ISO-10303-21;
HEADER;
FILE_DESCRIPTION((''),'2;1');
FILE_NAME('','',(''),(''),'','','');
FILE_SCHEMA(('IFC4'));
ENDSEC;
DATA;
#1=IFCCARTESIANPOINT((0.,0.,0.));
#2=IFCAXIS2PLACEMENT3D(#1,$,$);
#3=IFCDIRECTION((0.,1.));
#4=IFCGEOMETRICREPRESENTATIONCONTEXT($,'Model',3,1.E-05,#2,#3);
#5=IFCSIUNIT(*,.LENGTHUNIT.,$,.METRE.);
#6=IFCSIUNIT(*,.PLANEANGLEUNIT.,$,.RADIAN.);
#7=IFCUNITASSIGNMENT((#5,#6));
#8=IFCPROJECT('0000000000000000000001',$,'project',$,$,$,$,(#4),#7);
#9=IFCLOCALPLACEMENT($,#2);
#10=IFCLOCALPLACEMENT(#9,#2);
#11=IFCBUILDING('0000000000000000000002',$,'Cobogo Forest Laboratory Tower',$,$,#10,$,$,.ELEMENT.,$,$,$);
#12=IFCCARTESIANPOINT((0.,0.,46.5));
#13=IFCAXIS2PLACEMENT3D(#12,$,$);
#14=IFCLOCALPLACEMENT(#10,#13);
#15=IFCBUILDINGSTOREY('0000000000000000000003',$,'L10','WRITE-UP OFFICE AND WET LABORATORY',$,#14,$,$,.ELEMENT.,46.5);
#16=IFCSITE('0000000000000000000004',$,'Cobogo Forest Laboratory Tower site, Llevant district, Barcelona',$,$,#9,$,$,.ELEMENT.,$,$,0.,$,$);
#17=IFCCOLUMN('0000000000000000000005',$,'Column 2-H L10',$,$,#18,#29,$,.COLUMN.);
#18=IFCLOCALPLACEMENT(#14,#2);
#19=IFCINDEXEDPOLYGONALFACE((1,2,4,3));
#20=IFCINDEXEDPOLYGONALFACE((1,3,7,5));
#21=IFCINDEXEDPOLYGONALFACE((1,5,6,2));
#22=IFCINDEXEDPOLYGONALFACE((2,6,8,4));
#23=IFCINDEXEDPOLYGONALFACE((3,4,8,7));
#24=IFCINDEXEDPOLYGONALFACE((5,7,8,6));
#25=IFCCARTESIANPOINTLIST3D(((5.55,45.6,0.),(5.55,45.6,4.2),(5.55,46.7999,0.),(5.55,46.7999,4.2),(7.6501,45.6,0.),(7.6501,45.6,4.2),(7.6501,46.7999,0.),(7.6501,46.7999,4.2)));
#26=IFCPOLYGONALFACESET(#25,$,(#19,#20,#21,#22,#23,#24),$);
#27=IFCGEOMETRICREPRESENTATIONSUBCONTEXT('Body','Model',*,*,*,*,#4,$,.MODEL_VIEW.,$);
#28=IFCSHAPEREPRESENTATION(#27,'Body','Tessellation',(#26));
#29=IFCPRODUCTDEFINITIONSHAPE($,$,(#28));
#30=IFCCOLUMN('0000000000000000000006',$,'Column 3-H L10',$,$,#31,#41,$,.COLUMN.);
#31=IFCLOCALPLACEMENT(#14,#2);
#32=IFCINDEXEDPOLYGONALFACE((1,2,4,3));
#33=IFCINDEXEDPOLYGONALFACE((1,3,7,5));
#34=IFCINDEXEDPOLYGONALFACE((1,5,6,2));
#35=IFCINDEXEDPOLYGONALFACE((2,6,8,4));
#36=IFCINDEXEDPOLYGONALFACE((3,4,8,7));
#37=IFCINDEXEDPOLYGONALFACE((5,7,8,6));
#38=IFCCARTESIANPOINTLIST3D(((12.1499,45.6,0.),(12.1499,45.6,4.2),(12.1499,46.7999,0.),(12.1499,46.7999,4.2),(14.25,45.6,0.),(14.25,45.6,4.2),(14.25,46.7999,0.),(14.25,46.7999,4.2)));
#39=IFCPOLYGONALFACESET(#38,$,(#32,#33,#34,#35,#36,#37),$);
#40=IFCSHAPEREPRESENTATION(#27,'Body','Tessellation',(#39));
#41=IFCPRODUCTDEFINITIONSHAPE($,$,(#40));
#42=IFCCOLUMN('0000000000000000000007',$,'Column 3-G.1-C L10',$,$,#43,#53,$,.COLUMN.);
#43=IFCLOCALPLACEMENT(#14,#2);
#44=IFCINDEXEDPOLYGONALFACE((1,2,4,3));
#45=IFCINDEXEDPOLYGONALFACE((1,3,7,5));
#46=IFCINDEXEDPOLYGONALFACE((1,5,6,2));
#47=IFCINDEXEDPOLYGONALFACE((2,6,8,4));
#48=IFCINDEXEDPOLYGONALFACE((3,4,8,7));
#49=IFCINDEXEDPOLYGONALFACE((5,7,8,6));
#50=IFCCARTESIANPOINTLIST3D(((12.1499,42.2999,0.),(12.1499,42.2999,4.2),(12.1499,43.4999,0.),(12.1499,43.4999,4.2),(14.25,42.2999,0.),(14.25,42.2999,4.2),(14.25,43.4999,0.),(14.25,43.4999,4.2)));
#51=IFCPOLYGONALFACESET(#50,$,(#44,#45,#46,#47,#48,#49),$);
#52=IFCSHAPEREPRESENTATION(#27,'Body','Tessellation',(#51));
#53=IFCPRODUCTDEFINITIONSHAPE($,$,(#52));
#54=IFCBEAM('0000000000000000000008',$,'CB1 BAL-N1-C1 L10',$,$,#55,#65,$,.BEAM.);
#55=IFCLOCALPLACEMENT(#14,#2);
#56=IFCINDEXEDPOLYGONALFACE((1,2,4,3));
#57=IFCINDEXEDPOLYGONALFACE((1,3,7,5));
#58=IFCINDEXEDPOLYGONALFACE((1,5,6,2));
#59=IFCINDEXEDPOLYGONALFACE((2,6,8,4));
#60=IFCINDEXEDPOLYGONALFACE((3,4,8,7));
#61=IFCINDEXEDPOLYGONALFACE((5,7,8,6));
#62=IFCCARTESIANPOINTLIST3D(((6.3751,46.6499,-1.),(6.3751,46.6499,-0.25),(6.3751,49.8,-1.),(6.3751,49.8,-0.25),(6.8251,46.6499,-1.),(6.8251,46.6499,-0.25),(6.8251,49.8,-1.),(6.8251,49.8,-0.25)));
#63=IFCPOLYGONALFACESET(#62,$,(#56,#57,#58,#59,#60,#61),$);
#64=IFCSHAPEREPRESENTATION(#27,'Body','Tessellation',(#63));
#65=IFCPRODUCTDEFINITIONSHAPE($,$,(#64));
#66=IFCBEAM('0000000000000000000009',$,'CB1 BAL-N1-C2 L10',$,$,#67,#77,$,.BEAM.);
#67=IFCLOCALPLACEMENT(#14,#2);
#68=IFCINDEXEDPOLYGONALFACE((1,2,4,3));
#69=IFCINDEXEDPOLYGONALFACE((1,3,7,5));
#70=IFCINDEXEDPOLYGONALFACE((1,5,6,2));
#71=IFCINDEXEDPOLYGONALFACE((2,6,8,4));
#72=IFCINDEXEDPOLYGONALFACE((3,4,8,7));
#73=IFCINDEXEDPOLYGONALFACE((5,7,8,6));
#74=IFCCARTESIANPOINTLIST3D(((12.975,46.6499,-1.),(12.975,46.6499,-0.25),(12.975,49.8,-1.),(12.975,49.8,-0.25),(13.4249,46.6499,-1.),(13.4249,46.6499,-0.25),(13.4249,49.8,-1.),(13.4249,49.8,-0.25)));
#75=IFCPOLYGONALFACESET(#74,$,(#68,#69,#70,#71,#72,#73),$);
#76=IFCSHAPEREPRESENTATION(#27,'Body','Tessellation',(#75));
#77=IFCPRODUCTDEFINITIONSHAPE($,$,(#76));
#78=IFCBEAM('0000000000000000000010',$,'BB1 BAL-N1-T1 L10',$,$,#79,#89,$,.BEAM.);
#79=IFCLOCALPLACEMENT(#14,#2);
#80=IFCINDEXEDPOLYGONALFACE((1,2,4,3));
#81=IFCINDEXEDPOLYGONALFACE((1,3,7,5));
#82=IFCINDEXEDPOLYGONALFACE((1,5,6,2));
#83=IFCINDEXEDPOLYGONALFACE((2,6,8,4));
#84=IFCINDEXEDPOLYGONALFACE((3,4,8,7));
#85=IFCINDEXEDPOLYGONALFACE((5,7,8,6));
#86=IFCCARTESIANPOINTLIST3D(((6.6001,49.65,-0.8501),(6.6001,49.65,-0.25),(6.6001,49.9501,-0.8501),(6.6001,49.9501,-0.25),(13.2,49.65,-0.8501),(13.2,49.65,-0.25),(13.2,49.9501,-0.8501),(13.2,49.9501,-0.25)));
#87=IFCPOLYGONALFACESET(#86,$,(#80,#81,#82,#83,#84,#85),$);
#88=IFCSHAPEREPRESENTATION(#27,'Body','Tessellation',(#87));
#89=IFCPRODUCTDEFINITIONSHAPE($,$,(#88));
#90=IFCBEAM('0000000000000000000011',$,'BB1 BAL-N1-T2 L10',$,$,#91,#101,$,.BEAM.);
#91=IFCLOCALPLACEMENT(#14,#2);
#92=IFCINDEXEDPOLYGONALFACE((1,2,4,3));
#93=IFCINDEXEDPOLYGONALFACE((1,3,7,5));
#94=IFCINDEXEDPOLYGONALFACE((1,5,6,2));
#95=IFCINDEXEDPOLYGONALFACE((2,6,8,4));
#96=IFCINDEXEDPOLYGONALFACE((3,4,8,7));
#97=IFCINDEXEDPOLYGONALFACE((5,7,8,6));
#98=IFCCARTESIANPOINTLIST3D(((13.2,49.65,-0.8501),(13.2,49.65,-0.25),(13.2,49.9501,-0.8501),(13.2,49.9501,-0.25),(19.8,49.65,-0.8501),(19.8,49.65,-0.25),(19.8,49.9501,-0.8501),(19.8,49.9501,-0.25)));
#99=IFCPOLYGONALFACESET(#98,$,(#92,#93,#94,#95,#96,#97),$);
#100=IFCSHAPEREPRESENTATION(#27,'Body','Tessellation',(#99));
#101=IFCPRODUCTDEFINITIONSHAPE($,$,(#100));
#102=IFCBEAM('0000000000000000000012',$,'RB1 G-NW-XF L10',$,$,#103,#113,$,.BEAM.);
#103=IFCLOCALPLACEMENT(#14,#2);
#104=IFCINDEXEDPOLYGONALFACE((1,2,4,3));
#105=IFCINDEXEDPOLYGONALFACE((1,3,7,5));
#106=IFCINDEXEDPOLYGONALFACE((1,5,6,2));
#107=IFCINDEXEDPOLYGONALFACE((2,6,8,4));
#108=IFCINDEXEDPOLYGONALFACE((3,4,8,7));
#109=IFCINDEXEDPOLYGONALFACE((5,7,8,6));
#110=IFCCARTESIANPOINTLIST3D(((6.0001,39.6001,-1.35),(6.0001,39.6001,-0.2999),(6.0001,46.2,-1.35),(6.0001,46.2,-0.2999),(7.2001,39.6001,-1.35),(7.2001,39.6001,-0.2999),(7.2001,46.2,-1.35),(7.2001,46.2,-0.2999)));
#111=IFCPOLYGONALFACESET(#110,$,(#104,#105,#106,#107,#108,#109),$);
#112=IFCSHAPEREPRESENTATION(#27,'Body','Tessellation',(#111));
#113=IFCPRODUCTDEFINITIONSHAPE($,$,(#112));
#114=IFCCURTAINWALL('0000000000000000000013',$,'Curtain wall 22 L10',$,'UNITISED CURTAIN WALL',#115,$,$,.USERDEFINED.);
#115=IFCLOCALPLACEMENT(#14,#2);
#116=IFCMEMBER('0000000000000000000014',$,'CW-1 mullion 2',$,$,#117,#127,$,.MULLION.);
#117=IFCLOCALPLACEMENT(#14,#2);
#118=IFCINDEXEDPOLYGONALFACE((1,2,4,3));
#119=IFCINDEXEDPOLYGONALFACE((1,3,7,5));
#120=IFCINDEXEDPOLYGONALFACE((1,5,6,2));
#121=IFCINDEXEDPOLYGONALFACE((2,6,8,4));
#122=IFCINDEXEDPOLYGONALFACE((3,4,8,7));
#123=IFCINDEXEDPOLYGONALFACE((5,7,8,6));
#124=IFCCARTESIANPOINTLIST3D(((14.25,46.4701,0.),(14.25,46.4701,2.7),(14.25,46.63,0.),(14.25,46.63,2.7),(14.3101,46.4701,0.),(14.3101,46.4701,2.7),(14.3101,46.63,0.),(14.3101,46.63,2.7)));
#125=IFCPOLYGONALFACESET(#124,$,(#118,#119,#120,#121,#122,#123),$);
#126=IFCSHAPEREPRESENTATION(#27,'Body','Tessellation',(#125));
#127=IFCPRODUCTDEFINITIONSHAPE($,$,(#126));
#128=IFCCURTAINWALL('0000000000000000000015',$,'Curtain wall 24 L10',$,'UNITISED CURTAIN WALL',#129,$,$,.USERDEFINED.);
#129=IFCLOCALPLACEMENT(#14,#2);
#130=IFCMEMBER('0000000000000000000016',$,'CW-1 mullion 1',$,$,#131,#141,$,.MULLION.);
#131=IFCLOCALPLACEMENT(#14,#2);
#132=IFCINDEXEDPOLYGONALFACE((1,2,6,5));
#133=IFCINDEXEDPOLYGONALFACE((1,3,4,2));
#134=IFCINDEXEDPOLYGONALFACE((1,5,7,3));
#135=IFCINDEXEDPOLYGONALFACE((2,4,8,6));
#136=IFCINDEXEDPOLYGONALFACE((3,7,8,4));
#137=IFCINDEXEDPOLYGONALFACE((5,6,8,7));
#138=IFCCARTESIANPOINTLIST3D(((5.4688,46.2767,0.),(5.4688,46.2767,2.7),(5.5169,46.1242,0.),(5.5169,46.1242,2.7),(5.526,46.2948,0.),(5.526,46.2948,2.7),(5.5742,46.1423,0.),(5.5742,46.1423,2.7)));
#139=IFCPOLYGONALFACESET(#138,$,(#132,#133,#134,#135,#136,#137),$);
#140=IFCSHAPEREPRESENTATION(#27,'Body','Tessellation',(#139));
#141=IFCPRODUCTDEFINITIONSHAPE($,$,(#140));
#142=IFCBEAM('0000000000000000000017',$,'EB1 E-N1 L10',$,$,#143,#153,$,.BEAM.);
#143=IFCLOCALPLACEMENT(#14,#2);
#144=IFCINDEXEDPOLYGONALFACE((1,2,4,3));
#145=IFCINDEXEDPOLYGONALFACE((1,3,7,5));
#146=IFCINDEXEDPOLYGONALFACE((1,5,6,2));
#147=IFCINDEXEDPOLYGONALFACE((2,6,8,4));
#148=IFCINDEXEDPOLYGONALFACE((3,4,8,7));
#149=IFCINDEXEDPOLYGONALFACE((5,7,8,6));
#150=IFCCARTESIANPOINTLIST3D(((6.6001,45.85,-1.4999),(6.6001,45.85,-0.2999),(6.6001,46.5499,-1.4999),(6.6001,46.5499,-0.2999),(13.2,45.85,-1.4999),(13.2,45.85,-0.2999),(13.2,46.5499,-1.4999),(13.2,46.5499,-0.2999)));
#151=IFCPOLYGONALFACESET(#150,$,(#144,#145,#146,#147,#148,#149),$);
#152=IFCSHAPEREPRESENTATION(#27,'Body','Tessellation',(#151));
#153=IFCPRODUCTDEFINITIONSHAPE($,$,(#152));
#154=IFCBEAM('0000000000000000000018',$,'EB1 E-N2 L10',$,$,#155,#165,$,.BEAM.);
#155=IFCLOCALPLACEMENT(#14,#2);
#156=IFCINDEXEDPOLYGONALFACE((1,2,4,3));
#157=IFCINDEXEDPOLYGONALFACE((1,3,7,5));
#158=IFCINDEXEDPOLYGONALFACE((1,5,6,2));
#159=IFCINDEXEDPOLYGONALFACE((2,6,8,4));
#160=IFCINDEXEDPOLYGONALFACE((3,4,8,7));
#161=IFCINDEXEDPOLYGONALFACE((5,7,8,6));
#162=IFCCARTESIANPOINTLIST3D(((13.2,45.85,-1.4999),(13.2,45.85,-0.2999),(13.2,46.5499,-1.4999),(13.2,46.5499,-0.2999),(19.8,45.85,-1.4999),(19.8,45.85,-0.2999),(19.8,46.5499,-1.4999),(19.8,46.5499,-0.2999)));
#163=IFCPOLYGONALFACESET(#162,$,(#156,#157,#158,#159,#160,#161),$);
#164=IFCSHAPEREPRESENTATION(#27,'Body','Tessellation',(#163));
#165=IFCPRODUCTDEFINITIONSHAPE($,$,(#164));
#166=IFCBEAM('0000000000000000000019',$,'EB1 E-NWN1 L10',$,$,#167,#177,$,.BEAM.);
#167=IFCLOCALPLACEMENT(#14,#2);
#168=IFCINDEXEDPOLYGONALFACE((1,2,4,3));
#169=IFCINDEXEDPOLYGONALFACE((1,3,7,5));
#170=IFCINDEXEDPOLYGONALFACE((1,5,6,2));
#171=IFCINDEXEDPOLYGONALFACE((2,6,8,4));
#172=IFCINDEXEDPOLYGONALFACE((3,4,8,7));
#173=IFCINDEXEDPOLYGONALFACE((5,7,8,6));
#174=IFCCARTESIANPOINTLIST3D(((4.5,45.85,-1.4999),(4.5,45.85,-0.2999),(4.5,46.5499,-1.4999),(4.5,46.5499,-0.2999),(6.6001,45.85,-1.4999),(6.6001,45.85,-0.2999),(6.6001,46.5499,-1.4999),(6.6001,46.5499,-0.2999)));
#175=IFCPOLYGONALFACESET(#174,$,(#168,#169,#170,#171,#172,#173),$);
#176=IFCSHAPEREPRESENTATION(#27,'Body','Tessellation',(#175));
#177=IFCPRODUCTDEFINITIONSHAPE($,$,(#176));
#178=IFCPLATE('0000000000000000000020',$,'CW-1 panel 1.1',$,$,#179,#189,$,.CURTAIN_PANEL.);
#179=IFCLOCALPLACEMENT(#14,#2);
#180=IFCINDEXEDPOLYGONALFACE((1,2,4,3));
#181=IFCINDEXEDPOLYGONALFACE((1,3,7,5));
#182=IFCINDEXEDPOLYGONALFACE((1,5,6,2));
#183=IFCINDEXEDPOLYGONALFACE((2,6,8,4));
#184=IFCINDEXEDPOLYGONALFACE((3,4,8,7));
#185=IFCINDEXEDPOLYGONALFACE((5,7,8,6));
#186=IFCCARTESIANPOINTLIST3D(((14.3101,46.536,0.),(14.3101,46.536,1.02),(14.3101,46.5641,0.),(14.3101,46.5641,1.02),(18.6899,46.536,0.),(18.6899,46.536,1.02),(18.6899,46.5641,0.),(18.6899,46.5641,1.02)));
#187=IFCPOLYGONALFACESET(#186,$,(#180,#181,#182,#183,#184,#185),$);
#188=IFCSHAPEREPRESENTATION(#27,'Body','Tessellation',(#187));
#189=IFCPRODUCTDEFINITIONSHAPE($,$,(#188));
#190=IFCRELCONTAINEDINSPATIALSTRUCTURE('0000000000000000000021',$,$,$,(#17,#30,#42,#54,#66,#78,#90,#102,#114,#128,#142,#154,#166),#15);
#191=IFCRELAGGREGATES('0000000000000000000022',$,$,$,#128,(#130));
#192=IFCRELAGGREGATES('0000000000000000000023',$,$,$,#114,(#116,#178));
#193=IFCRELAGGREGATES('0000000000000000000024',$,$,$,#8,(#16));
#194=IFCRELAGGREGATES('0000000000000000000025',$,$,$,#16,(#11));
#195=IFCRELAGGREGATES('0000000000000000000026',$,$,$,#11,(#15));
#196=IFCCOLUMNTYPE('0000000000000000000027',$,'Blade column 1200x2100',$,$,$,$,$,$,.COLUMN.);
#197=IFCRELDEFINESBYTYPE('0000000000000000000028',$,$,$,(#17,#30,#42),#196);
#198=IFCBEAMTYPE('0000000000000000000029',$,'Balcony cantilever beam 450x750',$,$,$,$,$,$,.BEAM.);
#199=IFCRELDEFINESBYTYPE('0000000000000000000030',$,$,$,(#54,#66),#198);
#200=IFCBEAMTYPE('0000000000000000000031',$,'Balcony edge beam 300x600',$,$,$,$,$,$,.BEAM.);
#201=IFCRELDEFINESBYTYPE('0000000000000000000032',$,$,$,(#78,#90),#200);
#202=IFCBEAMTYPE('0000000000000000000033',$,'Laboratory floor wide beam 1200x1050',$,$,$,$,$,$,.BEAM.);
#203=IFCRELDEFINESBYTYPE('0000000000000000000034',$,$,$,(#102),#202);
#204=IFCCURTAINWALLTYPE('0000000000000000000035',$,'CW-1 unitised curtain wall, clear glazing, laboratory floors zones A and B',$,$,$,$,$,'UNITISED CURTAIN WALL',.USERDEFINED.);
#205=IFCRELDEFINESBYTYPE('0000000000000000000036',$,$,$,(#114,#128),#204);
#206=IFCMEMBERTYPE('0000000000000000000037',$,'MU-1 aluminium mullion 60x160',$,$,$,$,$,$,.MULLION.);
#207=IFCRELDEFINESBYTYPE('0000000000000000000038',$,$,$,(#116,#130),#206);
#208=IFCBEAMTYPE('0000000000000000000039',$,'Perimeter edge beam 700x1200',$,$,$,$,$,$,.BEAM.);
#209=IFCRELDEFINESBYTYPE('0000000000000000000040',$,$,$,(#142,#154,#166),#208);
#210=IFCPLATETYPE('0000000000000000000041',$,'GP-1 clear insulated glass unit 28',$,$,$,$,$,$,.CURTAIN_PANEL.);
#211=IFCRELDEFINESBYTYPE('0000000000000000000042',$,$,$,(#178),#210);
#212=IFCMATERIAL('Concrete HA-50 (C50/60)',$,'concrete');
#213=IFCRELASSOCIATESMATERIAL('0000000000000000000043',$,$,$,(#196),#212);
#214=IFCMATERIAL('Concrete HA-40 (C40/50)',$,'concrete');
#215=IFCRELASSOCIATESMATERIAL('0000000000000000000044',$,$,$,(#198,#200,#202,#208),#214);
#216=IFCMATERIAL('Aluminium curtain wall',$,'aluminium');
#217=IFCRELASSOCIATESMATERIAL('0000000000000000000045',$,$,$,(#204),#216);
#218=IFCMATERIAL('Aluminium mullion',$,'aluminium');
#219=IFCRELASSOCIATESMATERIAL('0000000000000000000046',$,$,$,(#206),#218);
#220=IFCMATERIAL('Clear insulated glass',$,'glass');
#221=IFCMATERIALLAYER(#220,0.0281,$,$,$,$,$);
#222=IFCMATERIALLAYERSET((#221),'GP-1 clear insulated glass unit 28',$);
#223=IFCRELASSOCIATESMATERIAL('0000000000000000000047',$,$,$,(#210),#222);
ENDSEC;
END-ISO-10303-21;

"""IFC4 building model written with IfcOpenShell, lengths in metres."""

from ifc_helpers import new_model, si_unit, direction, frame, origin, origin_2d, place, context, subcontext, project, spatial, rectangle, extrude, material, layer, layer_set, material_profile, profile_set, type_object, element, aggregate, save


model = new_model("IFC4")

# Units and contexts
model_context = context("Model", 3, precision=1e-05, world=origin(), true_north=direction((0.0, 1.0)))
body_context = subcontext(model_context, "Body", "Model", "MODEL_VIEW")
ifc_project = project(units=[si_unit("LENGTHUNIT", "METRE"), si_unit("PLANEANGLEUNIT", "RADIAN")], contexts=[model_context])

# Site, building, storey
site_placement = place(None, origin())
site = spatial("IfcSite", under=ifc_project, at=site_placement, Name="Cobogo Forest Laboratory Tower site, Llevant district, Barcelona", CompositionType="ELEMENT", RefElevation=0.0)
building_placement = place(site_placement, origin())
building = spatial("IfcBuilding", under=site, at=building_placement, Name="Cobogo Forest Laboratory Tower", CompositionType="ELEMENT")
storey_placement = place(building_placement, frame((0.0, 0.0, 46.5)))
storey = spatial("IfcBuildingStorey", under=building, at=storey_placement, Name="L10", Description="WRITE-UP OFFICE AND WET LABORATORY", CompositionType="ELEMENT", Elevation=46.5)

# Columns
ifc_material_1 = material(Name="Concrete HA-50 (C50/60)", Category="concrete")
ifc_material_profile_1 = material_profile(ifc_material_1, rectangle(XDim=2.1001, YDim=1.2, at=origin_2d()), Name="RC 1200x2100")
ifc_profile_set_1 = profile_set([ifc_material_profile_1], Name="Concrete HA-50 (C50/60)")
column_type = type_object("IfcColumnType", Name="Blade column 1200x2100", PredefinedType="COLUMN", material=ifc_profile_set_1)
for number, where, z_axis, x_axis, name in (
    (1, (6.6001, 46.2, 0.0), (0.0, 0.0, 1.0), (1.0, 0.0, 0.0), "Column 2-H L10"),
    (2, (13.2, 46.2, 0.0), (0.0, 0.0, 1.0), (1.0, 0.0, 0.0), "Column 3-H L10"),
    (3, (13.2, 42.8999, 0.0), (0.0, 0.0, 1.0), (1.0, 0.0, 0.0), "Column 3-G.1-C L10"),
):
    element("IfcColumn", number, at=place(storey_placement, frame(where, z_axis=z_axis, x_axis=x_axis)), inside=storey, type_object=column_type, Name=name, PredefinedType="COLUMN", context=body_context, shape_type="SweptSolid", body=[
        extrude(rectangle(XDim=2.1001, YDim=1.2, at=origin_2d()), origin(), (0.0, 0.0, 1.0), 4.2),
    ])

# Beams
ifc_material_2 = material(Name="Concrete HA-40 (C40/50)", Category="concrete")
ifc_material_profile_2 = material_profile(ifc_material_2, rectangle(XDim=0.45, YDim=0.75, at=origin_2d()), Name="RC 450x750")
ifc_profile_set_2 = profile_set([ifc_material_profile_2], Name="Concrete HA-40 (C40/50)")
beam_type_1 = type_object("IfcBeamType", Name="Balcony cantilever beam 450x750", PredefinedType="BEAM", material=ifc_profile_set_2)
for number, where, z_axis, x_axis, name in (
    (4, (6.6001, 46.6499, -0.625), (0.0, 1.0, 0.0), (-1.0, 0.0, 0.0), "CB1 BAL-N1-C1 L10"),
    (5, (13.2, 46.6499, -0.625), (0.0, 1.0, 0.0), (-1.0, 0.0, 0.0), "CB1 BAL-N1-C2 L10"),
):
    element("IfcBeam", number, at=place(storey_placement, frame(where, z_axis=z_axis, x_axis=x_axis)), inside=storey, type_object=beam_type_1, Name=name, PredefinedType="BEAM", context=body_context, shape_type="SweptSolid", body=[
        extrude(rectangle(XDim=0.45, YDim=0.75, at=origin_2d()), origin(), (0.0, 0.0, 1.0), 3.1501),
    ])
ifc_material_profile_3 = material_profile(ifc_material_2, rectangle(XDim=0.3, YDim=0.6001, at=origin_2d()), Name="RC 300x600")
ifc_profile_set_3 = profile_set([ifc_material_profile_3], Name="Concrete HA-40 (C40/50)")
beam_type_2 = type_object("IfcBeamType", Name="Balcony edge beam 300x600", PredefinedType="BEAM", material=ifc_profile_set_3)
beam_1_placement = place(storey_placement, frame((6.6001, 49.8, -0.55), z_axis=(1.0, 0.0, 0.0), x_axis=(0.0, 1.0, 0.0)))
element("IfcBeam", 6, at=beam_1_placement, inside=storey, type_object=beam_type_2, Name="BB1 BAL-N1-T1 L10", PredefinedType="BEAM", context=body_context, shape_type="SweptSolid", body=[
    extrude(rectangle(XDim=0.3, YDim=0.6001, at=origin_2d()), origin(), (0.0, 0.0, 1.0), 6.5999),
])
beam_2_placement = place(storey_placement, frame((13.2, 49.8, -0.55), z_axis=(1.0, 0.0, 0.0), x_axis=(0.0, 1.0, 0.0)))
element("IfcBeam", 7, at=beam_2_placement, inside=storey, type_object=beam_type_2, Name="BB1 BAL-N1-T2 L10", PredefinedType="BEAM", context=body_context, shape_type="SweptSolid", body=[
    extrude(rectangle(XDim=0.3, YDim=0.6001, at=origin_2d()), origin(), (0.0, 0.0, 1.0), 6.6001),
])
ifc_material_profile_4 = material_profile(ifc_material_2, rectangle(XDim=1.2, YDim=1.05, at=origin_2d()), Name="RC 1200x1050")
ifc_profile_set_4 = profile_set([ifc_material_profile_4], Name="Concrete HA-40 (C40/50)")
beam_type_3 = type_object("IfcBeamType", Name="Laboratory floor wide beam 1200x1050", PredefinedType="BEAM", material=ifc_profile_set_4)
beam_3_placement = place(storey_placement, frame((6.6001, 46.2, -0.825), z_axis=(0.0, -1.0, 0.0), x_axis=(1.0, 0.0, 0.0)))
element("IfcBeam", 8, at=beam_3_placement, inside=storey, type_object=beam_type_3, Name="RB1 G-NW-XF L10", PredefinedType="BEAM", context=body_context, shape_type="SweptSolid", body=[
    extrude(rectangle(XDim=1.2, YDim=1.05, at=origin_2d()), origin(), (0.0, 0.0, 1.0), 6.5999),
])

# Curtain walls, members
ifc_material_3 = material(Name="Aluminium curtain wall", Category="aluminium")
curtain_wall_type = type_object("IfcCurtainWallType", Name="CW-1 unitised curtain wall, clear glazing, laboratory floors zones A and B", ElementType="UNITISED CURTAIN WALL", PredefinedType="USERDEFINED", material=ifc_material_3)
curtain_wall_1_placement = place(storey_placement, origin())
curtain_wall_1 = element("IfcCurtainWall", 9, at=curtain_wall_1_placement, inside=storey, type_object=curtain_wall_type, Name="Curtain wall 22 L10", ObjectType="UNITISED CURTAIN WALL", PredefinedType="USERDEFINED")
ifc_material_4 = material(Name="Aluminium mullion", Category="aluminium")
ifc_material_profile_5 = material_profile(ifc_material_4, rectangle(XDim=0.0601, YDim=0.1599, at=origin_2d()), Name="AL 60x160")
ifc_profile_set_5 = profile_set([ifc_material_profile_5], Name="Aluminium mullion")
member_type = type_object("IfcMemberType", Name="MU-1 aluminium mullion 60x160", PredefinedType="MULLION", material=ifc_profile_set_5)
member_1_placement = place(storey_placement, frame((14.28, 46.55, 0.0), z_axis=(0.0, 0.0, 1.0), x_axis=(-1.0, 0.0, 0.0)))
member_1 = element("IfcMember", 10, at=member_1_placement, type_object=member_type, Name="CW-1 mullion 2", PredefinedType="MULLION", context=body_context, shape_type="SweptSolid", body=[
    extrude(rectangle(XDim=0.0601, YDim=0.1599, at=origin_2d()), origin(), (0.0, 0.0, 1.0), 2.7),
])
curtain_wall_2_placement = place(storey_placement, origin())
curtain_wall_2 = element("IfcCurtainWall", 11, at=curtain_wall_2_placement, inside=storey, type_object=curtain_wall_type, Name="Curtain wall 24 L10", ObjectType="UNITISED CURTAIN WALL", PredefinedType="USERDEFINED")
member_2_placement = place(storey_placement, frame((5.5215, 46.2095, 0.0), z_axis=(0.0, 0.0, 1.0), x_axis=(-0.953582, -0.301135, 0.0)))
member_2 = element("IfcMember", 12, at=member_2_placement, type_object=member_type, Name="CW-1 mullion 1", PredefinedType="MULLION", context=body_context, shape_type="SweptSolid", body=[
    extrude(rectangle(XDim=0.0601, YDim=0.1599, at=origin_2d()), origin(), (0.0, 0.0, 1.0), 2.7),
])
aggregate(curtain_wall_2, [member_2])

# Beams
ifc_material_profile_6 = material_profile(ifc_material_2, rectangle(XDim=0.7, YDim=1.2, at=origin_2d()), Name="RC 700x1200")
ifc_profile_set_6 = profile_set([ifc_material_profile_6], Name="Concrete HA-40 (C40/50)")
beam_type_4 = type_object("IfcBeamType", Name="Perimeter edge beam 700x1200", PredefinedType="BEAM", material=ifc_profile_set_6)
beam_4_placement = place(storey_placement, frame((6.6001, 46.2, -0.8999), z_axis=(1.0, 0.0, 0.0), x_axis=(0.0, 1.0, 0.0)))
element("IfcBeam", 13, at=beam_4_placement, inside=storey, type_object=beam_type_4, Name="EB1 E-N1 L10", PredefinedType="BEAM", context=body_context, shape_type="SweptSolid", body=[
    extrude(rectangle(XDim=0.7, YDim=1.2, at=origin_2d()), origin(), (0.0, 0.0, 1.0), 6.5999),
])
beam_5_placement = place(storey_placement, frame((13.2, 46.2, -0.8999), z_axis=(1.0, 0.0, 0.0), x_axis=(0.0, 1.0, 0.0)))
element("IfcBeam", 14, at=beam_5_placement, inside=storey, type_object=beam_type_4, Name="EB1 E-N2 L10", PredefinedType="BEAM", context=body_context, shape_type="SweptSolid", body=[
    extrude(rectangle(XDim=0.7, YDim=1.2, at=origin_2d()), origin(), (0.0, 0.0, 1.0), 6.6001),
])
beam_6_placement = place(storey_placement, frame((6.6001, 46.2, -0.8999), z_axis=(-1.0, 0.0, 0.0), x_axis=(0.0, -1.0, 0.0)))
element("IfcBeam", 15, at=beam_6_placement, inside=storey, type_object=beam_type_4, Name="EB1 E-NWN1 L10", PredefinedType="BEAM", context=body_context, shape_type="SweptSolid", body=[
    extrude(rectangle(XDim=0.7, YDim=1.2, at=origin_2d()), origin(), (0.0, 0.0, 1.0), 2.1001),
])

# Plate
ifc_material_5 = material(Name="Clear insulated glass", Category="glass")
ifc_layer_1 = layer(ifc_material_5, 0.0281)
ifc_layer_set_1 = layer_set([ifc_layer_1], Name="GP-1 clear insulated glass unit 28")
plate_type = type_object("IfcPlateType", Name="GP-1 clear insulated glass unit 28", PredefinedType="CURTAIN_PANEL", material=ifc_layer_set_1)
plate_1_placement = place(storey_placement, frame((16.5, 46.55, 0.0), z_axis=(0.0, 0.0, 1.0), x_axis=(-1.0, 0.0, 0.0)))
plate_1 = element("IfcPlate", 16, at=plate_1_placement, type_object=plate_type, Name="CW-1 panel 1.1", PredefinedType="CURTAIN_PANEL", context=body_context, shape_type="SweptSolid", body=[
    extrude(rectangle(XDim=4.3799, YDim=0.0281, at=origin_2d()), origin(), (0.0, 0.0, 1.0), 1.02),
])
aggregate(curtain_wall_1, [member_1, plate_1])

save(model, "model.ifc")
